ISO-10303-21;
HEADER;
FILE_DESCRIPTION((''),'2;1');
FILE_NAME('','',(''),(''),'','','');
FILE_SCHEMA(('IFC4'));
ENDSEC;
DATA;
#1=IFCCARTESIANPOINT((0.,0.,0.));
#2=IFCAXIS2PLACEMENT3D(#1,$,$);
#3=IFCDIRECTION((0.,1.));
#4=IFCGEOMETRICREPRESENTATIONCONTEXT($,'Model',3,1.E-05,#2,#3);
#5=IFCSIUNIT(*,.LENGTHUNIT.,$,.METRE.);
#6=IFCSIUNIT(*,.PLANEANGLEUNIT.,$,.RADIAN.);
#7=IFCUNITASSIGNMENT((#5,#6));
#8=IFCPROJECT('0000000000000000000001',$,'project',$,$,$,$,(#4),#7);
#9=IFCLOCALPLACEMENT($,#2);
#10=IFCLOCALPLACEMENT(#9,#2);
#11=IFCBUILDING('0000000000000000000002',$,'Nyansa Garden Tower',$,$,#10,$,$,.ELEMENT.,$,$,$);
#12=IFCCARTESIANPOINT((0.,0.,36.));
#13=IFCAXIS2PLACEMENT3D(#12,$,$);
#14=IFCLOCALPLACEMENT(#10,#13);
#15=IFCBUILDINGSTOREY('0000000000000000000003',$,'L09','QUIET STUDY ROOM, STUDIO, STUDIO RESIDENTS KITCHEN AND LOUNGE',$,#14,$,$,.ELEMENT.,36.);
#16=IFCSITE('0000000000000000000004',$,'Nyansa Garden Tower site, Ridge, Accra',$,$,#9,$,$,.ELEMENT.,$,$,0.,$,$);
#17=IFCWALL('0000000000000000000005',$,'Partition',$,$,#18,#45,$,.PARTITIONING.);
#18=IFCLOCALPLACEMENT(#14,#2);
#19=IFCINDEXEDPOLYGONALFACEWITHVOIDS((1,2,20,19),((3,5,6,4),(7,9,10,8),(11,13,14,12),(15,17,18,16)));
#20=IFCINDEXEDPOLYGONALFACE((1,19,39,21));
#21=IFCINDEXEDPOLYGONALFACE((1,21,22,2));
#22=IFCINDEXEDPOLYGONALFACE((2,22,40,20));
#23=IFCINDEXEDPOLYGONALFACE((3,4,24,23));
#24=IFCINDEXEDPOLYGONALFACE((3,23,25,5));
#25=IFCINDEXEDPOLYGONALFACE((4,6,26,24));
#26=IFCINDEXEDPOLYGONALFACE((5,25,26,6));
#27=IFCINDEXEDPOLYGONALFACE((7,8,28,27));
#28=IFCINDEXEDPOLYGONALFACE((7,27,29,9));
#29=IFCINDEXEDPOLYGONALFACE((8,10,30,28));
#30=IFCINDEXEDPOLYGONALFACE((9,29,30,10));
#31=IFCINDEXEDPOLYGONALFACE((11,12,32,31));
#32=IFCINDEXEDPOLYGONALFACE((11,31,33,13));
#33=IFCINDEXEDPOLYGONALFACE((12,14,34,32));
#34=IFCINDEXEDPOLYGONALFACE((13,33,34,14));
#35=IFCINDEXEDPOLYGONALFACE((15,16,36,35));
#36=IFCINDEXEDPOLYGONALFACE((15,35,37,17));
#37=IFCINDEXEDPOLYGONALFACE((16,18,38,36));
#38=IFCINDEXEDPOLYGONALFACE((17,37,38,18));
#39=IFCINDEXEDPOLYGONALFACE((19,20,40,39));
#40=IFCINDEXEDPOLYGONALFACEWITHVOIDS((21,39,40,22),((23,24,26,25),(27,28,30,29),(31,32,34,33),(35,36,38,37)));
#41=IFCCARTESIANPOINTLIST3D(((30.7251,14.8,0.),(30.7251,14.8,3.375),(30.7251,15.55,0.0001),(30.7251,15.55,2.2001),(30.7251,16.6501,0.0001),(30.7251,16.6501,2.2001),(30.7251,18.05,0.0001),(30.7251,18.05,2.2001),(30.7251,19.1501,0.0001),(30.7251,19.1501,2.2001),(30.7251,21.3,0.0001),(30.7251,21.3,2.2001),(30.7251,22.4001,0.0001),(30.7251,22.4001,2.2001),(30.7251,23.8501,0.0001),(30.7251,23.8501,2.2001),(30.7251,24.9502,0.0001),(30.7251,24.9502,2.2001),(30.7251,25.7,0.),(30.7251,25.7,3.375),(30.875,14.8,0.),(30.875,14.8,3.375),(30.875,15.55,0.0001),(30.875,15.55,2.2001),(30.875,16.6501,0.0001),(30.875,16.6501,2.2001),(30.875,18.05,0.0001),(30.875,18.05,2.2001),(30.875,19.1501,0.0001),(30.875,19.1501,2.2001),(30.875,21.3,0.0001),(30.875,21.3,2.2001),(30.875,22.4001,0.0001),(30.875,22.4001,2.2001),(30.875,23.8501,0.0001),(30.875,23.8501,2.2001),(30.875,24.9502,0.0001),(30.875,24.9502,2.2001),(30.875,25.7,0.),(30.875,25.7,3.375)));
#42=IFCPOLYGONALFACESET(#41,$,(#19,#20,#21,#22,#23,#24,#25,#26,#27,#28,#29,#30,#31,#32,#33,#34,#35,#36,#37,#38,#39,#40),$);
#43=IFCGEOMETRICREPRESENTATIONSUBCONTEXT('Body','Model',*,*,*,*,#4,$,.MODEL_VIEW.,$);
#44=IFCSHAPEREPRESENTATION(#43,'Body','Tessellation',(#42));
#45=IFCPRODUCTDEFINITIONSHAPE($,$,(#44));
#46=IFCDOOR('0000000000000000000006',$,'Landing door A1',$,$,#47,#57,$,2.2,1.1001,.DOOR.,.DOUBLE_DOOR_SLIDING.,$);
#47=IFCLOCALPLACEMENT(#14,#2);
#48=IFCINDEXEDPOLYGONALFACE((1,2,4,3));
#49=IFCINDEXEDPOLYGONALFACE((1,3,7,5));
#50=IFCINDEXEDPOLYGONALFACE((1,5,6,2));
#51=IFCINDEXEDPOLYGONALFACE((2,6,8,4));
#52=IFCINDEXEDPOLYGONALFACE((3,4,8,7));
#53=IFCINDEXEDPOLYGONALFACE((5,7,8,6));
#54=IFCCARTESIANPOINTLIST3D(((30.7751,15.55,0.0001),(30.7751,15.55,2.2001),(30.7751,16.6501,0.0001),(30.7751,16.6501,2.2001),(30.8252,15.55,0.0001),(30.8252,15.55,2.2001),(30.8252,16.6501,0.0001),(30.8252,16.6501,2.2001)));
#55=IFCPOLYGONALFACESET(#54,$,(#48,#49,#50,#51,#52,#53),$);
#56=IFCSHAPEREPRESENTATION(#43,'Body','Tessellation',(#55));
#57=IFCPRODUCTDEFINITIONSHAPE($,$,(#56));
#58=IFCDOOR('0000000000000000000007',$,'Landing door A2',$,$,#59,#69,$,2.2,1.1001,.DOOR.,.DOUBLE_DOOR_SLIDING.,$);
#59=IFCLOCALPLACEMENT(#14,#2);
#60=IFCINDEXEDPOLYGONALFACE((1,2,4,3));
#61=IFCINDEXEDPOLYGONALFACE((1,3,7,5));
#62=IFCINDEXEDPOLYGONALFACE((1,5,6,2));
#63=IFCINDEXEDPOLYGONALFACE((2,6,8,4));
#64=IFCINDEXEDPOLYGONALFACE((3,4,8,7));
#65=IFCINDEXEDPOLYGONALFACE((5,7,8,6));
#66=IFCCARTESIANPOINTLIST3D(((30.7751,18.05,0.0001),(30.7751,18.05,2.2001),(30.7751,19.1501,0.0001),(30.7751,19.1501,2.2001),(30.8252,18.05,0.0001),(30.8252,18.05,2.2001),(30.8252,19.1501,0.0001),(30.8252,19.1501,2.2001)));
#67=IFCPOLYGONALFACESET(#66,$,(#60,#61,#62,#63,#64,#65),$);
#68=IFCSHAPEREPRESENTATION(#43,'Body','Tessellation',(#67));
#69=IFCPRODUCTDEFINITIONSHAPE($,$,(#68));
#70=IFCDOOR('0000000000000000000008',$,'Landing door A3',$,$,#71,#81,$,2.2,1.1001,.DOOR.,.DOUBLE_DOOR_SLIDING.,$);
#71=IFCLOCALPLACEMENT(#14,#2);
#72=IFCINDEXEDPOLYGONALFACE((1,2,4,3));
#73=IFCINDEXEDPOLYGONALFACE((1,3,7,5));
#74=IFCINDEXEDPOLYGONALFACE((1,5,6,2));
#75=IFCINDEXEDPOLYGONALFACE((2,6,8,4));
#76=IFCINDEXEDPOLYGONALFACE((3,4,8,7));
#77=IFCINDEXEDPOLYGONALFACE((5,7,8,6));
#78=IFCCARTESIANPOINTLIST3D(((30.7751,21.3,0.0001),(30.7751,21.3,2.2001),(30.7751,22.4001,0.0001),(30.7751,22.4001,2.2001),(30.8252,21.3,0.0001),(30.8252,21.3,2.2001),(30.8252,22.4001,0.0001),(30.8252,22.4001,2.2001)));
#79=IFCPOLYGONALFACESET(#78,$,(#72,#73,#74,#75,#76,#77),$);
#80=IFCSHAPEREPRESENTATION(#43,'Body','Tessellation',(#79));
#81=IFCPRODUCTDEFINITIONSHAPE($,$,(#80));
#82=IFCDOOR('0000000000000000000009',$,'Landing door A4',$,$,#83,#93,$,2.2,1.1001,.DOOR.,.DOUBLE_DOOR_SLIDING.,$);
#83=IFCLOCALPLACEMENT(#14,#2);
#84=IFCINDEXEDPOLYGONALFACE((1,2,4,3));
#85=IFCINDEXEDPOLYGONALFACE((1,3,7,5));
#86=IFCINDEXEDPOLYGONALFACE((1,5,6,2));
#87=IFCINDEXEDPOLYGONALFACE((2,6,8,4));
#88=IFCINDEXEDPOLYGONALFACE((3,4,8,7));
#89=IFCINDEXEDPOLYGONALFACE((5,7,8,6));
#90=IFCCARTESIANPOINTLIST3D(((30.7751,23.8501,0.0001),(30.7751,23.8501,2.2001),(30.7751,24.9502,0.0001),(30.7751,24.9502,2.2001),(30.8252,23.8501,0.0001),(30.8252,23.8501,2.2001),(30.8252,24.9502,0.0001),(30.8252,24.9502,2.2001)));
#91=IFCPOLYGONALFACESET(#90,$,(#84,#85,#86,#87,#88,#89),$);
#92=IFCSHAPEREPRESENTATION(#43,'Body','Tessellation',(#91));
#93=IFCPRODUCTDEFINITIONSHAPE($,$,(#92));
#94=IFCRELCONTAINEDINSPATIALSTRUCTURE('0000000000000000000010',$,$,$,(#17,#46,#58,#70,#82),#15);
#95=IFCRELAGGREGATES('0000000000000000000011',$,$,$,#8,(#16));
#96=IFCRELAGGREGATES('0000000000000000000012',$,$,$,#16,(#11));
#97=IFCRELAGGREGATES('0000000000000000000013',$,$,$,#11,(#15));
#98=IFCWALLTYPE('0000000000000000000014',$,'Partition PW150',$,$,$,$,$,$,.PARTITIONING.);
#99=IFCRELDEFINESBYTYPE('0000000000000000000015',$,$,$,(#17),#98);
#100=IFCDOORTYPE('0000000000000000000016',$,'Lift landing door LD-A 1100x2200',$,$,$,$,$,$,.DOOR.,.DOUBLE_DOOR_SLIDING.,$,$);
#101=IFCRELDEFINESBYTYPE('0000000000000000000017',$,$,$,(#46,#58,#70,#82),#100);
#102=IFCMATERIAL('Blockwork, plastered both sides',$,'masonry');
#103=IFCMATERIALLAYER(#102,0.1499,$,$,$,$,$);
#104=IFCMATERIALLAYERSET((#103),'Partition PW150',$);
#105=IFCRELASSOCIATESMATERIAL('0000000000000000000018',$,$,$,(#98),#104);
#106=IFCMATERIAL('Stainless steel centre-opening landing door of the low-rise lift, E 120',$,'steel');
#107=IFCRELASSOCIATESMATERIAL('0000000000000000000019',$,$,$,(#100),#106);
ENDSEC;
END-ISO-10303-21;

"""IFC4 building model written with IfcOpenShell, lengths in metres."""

from ifc_helpers import new_model, si_unit, direction, frame, frame_2d, origin, place, context, subcontext, project, spatial, rectangle, extrude, material, layer, layer_set, type_object, element, fill, save


model = new_model("IFC4")

# Units and contexts
model_context = context("Model", 3, precision=1e-05, world=origin(), true_north=direction((0.0, 1.0)))
body_context = subcontext(model_context, "Body", "Model", "MODEL_VIEW")
ifc_project = project(units=[si_unit("LENGTHUNIT", "METRE"), si_unit("PLANEANGLEUNIT", "RADIAN")], contexts=[model_context])

# Site, building, storey
site_placement = place(None, origin())
site = spatial("IfcSite", under=ifc_project, at=site_placement, Name="Nyansa Garden Tower site, Ridge, Accra", CompositionType="ELEMENT", RefElevation=0.0)
building_placement = place(site_placement, origin())
building = spatial("IfcBuilding", under=site, at=building_placement, Name="Nyansa Garden Tower", CompositionType="ELEMENT")
storey_placement = place(building_placement, frame((0.0, 0.0, 36.0)))
storey = spatial("IfcBuildingStorey", under=building, at=storey_placement, Name="L09", Description="QUIET STUDY ROOM, STUDIO, STUDIO RESIDENTS KITCHEN AND LOUNGE", CompositionType="ELEMENT", Elevation=36.0)

# Shared definitions
ifc_material_1 = material(Name="Blockwork, plastered both sides", Category="masonry")
ifc_layer_1 = layer(ifc_material_1, 0.1499)
ifc_layer_set_1 = layer_set([ifc_layer_1], Name="Partition PW150")
wall_type_1 = type_object("IfcWallType", Name="Partition PW150", PredefinedType="PARTITIONING", material=ifc_layer_set_1)

# Wall, openings, doors
wall_1_placement = place(storey_placement, frame((30.8, 14.8, 0.0), z_axis=(0.0, 0.0, 1.0), x_axis=(0.0, 1.0, 0.0)))
wall_1 = element("IfcWall", 1, at=wall_1_placement, inside=storey, type_object=wall_type_1, Name="Partition", PredefinedType="PARTITIONING", context=body_context, shape_type="SweptSolid", body=[
    extrude(rectangle(XDim=10.8999, YDim=0.1499, at=frame_2d((5.45, 0.0))), origin(), (0.0, 0.0, 1.0), 3.375),
])
opening_1_placement = place(wall_1_placement, frame((0.75, 0.0, 0.0)))
opening_1 = element("IfcOpeningElement", 2, at=opening_1_placement, cuts=wall_1, PredefinedType="OPENING", context=body_context, shape_type="SweptSolid", body=[
    extrude(rectangle(XDim=1.1001, YDim=2.2, at=frame_2d((0.55, 1.1001))), frame((0.0, 0.085, 0.0), z_axis=(0.0, -1.0, 0.0), x_axis=(1.0, 0.0, 0.0)), (0.0, 0.0, 1.0), 0.1699),
])
opening_2_placement = place(wall_1_placement, frame((3.25, 0.0, 0.0)))
opening_2 = element("IfcOpeningElement", 3, at=opening_2_placement, cuts=wall_1, PredefinedType="OPENING", context=body_context, shape_type="SweptSolid", body=[
    extrude(rectangle(XDim=1.1001, YDim=2.2, at=frame_2d((0.55, 1.1001))), frame((0.0, 0.085, 0.0), z_axis=(0.0, -1.0, 0.0), x_axis=(1.0, 0.0, 0.0)), (0.0, 0.0, 1.0), 0.1699),
])
opening_3_placement = place(wall_1_placement, frame((6.5, 0.0, 0.0)))
opening_3 = element("IfcOpeningElement", 4, at=opening_3_placement, cuts=wall_1, PredefinedType="OPENING", context=body_context, shape_type="SweptSolid", body=[
    extrude(rectangle(XDim=1.1001, YDim=2.2, at=frame_2d((0.55, 1.1001))), frame((0.0, 0.085, 0.0), z_axis=(0.0, -1.0, 0.0), x_axis=(1.0, 0.0, 0.0)), (0.0, 0.0, 1.0), 0.1699),
])
opening_4_placement = place(wall_1_placement, frame((9.05, 0.0, 0.0)))
opening_4 = element("IfcOpeningElement", 5, at=opening_4_placement, cuts=wall_1, PredefinedType="OPENING", context=body_context, shape_type="SweptSolid", body=[
    extrude(rectangle(XDim=1.1001, YDim=2.2, at=frame_2d((0.55, 1.1001))), frame((0.0, 0.085, 0.0), z_axis=(0.0, -1.0, 0.0), x_axis=(1.0, 0.0, 0.0)), (0.0, 0.0, 1.0), 0.1699),
])
ifc_material_2 = material(Name="Stainless steel centre-opening landing door of the low-rise lift, E 120", Category="steel")
door_type_1 = type_object("IfcDoorType", Name="Lift landing door LD-A 1100x2200", OperationType="DOUBLE_DOOR_SLIDING", PredefinedType="DOOR", material=ifc_material_2)
door_1_placement = place(opening_1_placement, origin())
door_1 = element("IfcDoor", 6, at=door_1_placement, inside=storey, type_object=door_type_1, Name="Landing door A1", OperationType="DOUBLE_DOOR_SLIDING", OverallHeight=2.2, OverallWidth=1.1001, PredefinedType="DOOR", context=body_context, shape_type="SweptSolid", body=[
    extrude(rectangle(XDim=1.1001, YDim=2.2, at=frame_2d((0.55, 1.1001))), frame((0.0, 0.0249, 0.0), z_axis=(0.0, -1.0, 0.0), x_axis=(1.0, 0.0, 0.0)), (0.0, 0.0, 1.0), 0.05),
])
fill(opening_1, door_1)
door_2_placement = place(opening_2_placement, origin())
door_2 = element("IfcDoor", 7, at=door_2_placement, inside=storey, type_object=door_type_1, Name="Landing door A2", OperationType="DOUBLE_DOOR_SLIDING", OverallHeight=2.2, OverallWidth=1.1001, PredefinedType="DOOR", context=body_context, shape_type="SweptSolid", body=[
    extrude(rectangle(XDim=1.1001, YDim=2.2, at=frame_2d((0.55, 1.1001))), frame((0.0, 0.0249, 0.0), z_axis=(0.0, -1.0, 0.0), x_axis=(1.0, 0.0, 0.0)), (0.0, 0.0, 1.0), 0.05),
])
fill(opening_2, door_2)
door_3_placement = place(opening_3_placement, origin())
door_3 = element("IfcDoor", 8, at=door_3_placement, inside=storey, type_object=door_type_1, Name="Landing door A3", OperationType="DOUBLE_DOOR_SLIDING", OverallHeight=2.2, OverallWidth=1.1001, PredefinedType="DOOR", context=body_context, shape_type="SweptSolid", body=[
    extrude(rectangle(XDim=1.1001, YDim=2.2, at=frame_2d((0.55, 1.1001))), frame((0.0, 0.0249, 0.0), z_axis=(0.0, -1.0, 0.0), x_axis=(1.0, 0.0, 0.0)), (0.0, 0.0, 1.0), 0.05),
])
fill(opening_3, door_3)
door_4_placement = place(opening_4_placement, origin())
door_4 = element("IfcDoor", 9, at=door_4_placement, inside=storey, type_object=door_type_1, Name="Landing door A4", OperationType="DOUBLE_DOOR_SLIDING", OverallHeight=2.2, OverallWidth=1.1001, PredefinedType="DOOR", context=body_context, shape_type="SweptSolid", body=[
    extrude(rectangle(XDim=1.1001, YDim=2.2, at=frame_2d((0.55, 1.1001))), frame((0.0, 0.0249, 0.0), z_axis=(0.0, -1.0, 0.0), x_axis=(1.0, 0.0, 0.0)), (0.0, 0.0, 1.0), 0.05),
])
fill(opening_4, door_4)

save(model, "model.ifc")
